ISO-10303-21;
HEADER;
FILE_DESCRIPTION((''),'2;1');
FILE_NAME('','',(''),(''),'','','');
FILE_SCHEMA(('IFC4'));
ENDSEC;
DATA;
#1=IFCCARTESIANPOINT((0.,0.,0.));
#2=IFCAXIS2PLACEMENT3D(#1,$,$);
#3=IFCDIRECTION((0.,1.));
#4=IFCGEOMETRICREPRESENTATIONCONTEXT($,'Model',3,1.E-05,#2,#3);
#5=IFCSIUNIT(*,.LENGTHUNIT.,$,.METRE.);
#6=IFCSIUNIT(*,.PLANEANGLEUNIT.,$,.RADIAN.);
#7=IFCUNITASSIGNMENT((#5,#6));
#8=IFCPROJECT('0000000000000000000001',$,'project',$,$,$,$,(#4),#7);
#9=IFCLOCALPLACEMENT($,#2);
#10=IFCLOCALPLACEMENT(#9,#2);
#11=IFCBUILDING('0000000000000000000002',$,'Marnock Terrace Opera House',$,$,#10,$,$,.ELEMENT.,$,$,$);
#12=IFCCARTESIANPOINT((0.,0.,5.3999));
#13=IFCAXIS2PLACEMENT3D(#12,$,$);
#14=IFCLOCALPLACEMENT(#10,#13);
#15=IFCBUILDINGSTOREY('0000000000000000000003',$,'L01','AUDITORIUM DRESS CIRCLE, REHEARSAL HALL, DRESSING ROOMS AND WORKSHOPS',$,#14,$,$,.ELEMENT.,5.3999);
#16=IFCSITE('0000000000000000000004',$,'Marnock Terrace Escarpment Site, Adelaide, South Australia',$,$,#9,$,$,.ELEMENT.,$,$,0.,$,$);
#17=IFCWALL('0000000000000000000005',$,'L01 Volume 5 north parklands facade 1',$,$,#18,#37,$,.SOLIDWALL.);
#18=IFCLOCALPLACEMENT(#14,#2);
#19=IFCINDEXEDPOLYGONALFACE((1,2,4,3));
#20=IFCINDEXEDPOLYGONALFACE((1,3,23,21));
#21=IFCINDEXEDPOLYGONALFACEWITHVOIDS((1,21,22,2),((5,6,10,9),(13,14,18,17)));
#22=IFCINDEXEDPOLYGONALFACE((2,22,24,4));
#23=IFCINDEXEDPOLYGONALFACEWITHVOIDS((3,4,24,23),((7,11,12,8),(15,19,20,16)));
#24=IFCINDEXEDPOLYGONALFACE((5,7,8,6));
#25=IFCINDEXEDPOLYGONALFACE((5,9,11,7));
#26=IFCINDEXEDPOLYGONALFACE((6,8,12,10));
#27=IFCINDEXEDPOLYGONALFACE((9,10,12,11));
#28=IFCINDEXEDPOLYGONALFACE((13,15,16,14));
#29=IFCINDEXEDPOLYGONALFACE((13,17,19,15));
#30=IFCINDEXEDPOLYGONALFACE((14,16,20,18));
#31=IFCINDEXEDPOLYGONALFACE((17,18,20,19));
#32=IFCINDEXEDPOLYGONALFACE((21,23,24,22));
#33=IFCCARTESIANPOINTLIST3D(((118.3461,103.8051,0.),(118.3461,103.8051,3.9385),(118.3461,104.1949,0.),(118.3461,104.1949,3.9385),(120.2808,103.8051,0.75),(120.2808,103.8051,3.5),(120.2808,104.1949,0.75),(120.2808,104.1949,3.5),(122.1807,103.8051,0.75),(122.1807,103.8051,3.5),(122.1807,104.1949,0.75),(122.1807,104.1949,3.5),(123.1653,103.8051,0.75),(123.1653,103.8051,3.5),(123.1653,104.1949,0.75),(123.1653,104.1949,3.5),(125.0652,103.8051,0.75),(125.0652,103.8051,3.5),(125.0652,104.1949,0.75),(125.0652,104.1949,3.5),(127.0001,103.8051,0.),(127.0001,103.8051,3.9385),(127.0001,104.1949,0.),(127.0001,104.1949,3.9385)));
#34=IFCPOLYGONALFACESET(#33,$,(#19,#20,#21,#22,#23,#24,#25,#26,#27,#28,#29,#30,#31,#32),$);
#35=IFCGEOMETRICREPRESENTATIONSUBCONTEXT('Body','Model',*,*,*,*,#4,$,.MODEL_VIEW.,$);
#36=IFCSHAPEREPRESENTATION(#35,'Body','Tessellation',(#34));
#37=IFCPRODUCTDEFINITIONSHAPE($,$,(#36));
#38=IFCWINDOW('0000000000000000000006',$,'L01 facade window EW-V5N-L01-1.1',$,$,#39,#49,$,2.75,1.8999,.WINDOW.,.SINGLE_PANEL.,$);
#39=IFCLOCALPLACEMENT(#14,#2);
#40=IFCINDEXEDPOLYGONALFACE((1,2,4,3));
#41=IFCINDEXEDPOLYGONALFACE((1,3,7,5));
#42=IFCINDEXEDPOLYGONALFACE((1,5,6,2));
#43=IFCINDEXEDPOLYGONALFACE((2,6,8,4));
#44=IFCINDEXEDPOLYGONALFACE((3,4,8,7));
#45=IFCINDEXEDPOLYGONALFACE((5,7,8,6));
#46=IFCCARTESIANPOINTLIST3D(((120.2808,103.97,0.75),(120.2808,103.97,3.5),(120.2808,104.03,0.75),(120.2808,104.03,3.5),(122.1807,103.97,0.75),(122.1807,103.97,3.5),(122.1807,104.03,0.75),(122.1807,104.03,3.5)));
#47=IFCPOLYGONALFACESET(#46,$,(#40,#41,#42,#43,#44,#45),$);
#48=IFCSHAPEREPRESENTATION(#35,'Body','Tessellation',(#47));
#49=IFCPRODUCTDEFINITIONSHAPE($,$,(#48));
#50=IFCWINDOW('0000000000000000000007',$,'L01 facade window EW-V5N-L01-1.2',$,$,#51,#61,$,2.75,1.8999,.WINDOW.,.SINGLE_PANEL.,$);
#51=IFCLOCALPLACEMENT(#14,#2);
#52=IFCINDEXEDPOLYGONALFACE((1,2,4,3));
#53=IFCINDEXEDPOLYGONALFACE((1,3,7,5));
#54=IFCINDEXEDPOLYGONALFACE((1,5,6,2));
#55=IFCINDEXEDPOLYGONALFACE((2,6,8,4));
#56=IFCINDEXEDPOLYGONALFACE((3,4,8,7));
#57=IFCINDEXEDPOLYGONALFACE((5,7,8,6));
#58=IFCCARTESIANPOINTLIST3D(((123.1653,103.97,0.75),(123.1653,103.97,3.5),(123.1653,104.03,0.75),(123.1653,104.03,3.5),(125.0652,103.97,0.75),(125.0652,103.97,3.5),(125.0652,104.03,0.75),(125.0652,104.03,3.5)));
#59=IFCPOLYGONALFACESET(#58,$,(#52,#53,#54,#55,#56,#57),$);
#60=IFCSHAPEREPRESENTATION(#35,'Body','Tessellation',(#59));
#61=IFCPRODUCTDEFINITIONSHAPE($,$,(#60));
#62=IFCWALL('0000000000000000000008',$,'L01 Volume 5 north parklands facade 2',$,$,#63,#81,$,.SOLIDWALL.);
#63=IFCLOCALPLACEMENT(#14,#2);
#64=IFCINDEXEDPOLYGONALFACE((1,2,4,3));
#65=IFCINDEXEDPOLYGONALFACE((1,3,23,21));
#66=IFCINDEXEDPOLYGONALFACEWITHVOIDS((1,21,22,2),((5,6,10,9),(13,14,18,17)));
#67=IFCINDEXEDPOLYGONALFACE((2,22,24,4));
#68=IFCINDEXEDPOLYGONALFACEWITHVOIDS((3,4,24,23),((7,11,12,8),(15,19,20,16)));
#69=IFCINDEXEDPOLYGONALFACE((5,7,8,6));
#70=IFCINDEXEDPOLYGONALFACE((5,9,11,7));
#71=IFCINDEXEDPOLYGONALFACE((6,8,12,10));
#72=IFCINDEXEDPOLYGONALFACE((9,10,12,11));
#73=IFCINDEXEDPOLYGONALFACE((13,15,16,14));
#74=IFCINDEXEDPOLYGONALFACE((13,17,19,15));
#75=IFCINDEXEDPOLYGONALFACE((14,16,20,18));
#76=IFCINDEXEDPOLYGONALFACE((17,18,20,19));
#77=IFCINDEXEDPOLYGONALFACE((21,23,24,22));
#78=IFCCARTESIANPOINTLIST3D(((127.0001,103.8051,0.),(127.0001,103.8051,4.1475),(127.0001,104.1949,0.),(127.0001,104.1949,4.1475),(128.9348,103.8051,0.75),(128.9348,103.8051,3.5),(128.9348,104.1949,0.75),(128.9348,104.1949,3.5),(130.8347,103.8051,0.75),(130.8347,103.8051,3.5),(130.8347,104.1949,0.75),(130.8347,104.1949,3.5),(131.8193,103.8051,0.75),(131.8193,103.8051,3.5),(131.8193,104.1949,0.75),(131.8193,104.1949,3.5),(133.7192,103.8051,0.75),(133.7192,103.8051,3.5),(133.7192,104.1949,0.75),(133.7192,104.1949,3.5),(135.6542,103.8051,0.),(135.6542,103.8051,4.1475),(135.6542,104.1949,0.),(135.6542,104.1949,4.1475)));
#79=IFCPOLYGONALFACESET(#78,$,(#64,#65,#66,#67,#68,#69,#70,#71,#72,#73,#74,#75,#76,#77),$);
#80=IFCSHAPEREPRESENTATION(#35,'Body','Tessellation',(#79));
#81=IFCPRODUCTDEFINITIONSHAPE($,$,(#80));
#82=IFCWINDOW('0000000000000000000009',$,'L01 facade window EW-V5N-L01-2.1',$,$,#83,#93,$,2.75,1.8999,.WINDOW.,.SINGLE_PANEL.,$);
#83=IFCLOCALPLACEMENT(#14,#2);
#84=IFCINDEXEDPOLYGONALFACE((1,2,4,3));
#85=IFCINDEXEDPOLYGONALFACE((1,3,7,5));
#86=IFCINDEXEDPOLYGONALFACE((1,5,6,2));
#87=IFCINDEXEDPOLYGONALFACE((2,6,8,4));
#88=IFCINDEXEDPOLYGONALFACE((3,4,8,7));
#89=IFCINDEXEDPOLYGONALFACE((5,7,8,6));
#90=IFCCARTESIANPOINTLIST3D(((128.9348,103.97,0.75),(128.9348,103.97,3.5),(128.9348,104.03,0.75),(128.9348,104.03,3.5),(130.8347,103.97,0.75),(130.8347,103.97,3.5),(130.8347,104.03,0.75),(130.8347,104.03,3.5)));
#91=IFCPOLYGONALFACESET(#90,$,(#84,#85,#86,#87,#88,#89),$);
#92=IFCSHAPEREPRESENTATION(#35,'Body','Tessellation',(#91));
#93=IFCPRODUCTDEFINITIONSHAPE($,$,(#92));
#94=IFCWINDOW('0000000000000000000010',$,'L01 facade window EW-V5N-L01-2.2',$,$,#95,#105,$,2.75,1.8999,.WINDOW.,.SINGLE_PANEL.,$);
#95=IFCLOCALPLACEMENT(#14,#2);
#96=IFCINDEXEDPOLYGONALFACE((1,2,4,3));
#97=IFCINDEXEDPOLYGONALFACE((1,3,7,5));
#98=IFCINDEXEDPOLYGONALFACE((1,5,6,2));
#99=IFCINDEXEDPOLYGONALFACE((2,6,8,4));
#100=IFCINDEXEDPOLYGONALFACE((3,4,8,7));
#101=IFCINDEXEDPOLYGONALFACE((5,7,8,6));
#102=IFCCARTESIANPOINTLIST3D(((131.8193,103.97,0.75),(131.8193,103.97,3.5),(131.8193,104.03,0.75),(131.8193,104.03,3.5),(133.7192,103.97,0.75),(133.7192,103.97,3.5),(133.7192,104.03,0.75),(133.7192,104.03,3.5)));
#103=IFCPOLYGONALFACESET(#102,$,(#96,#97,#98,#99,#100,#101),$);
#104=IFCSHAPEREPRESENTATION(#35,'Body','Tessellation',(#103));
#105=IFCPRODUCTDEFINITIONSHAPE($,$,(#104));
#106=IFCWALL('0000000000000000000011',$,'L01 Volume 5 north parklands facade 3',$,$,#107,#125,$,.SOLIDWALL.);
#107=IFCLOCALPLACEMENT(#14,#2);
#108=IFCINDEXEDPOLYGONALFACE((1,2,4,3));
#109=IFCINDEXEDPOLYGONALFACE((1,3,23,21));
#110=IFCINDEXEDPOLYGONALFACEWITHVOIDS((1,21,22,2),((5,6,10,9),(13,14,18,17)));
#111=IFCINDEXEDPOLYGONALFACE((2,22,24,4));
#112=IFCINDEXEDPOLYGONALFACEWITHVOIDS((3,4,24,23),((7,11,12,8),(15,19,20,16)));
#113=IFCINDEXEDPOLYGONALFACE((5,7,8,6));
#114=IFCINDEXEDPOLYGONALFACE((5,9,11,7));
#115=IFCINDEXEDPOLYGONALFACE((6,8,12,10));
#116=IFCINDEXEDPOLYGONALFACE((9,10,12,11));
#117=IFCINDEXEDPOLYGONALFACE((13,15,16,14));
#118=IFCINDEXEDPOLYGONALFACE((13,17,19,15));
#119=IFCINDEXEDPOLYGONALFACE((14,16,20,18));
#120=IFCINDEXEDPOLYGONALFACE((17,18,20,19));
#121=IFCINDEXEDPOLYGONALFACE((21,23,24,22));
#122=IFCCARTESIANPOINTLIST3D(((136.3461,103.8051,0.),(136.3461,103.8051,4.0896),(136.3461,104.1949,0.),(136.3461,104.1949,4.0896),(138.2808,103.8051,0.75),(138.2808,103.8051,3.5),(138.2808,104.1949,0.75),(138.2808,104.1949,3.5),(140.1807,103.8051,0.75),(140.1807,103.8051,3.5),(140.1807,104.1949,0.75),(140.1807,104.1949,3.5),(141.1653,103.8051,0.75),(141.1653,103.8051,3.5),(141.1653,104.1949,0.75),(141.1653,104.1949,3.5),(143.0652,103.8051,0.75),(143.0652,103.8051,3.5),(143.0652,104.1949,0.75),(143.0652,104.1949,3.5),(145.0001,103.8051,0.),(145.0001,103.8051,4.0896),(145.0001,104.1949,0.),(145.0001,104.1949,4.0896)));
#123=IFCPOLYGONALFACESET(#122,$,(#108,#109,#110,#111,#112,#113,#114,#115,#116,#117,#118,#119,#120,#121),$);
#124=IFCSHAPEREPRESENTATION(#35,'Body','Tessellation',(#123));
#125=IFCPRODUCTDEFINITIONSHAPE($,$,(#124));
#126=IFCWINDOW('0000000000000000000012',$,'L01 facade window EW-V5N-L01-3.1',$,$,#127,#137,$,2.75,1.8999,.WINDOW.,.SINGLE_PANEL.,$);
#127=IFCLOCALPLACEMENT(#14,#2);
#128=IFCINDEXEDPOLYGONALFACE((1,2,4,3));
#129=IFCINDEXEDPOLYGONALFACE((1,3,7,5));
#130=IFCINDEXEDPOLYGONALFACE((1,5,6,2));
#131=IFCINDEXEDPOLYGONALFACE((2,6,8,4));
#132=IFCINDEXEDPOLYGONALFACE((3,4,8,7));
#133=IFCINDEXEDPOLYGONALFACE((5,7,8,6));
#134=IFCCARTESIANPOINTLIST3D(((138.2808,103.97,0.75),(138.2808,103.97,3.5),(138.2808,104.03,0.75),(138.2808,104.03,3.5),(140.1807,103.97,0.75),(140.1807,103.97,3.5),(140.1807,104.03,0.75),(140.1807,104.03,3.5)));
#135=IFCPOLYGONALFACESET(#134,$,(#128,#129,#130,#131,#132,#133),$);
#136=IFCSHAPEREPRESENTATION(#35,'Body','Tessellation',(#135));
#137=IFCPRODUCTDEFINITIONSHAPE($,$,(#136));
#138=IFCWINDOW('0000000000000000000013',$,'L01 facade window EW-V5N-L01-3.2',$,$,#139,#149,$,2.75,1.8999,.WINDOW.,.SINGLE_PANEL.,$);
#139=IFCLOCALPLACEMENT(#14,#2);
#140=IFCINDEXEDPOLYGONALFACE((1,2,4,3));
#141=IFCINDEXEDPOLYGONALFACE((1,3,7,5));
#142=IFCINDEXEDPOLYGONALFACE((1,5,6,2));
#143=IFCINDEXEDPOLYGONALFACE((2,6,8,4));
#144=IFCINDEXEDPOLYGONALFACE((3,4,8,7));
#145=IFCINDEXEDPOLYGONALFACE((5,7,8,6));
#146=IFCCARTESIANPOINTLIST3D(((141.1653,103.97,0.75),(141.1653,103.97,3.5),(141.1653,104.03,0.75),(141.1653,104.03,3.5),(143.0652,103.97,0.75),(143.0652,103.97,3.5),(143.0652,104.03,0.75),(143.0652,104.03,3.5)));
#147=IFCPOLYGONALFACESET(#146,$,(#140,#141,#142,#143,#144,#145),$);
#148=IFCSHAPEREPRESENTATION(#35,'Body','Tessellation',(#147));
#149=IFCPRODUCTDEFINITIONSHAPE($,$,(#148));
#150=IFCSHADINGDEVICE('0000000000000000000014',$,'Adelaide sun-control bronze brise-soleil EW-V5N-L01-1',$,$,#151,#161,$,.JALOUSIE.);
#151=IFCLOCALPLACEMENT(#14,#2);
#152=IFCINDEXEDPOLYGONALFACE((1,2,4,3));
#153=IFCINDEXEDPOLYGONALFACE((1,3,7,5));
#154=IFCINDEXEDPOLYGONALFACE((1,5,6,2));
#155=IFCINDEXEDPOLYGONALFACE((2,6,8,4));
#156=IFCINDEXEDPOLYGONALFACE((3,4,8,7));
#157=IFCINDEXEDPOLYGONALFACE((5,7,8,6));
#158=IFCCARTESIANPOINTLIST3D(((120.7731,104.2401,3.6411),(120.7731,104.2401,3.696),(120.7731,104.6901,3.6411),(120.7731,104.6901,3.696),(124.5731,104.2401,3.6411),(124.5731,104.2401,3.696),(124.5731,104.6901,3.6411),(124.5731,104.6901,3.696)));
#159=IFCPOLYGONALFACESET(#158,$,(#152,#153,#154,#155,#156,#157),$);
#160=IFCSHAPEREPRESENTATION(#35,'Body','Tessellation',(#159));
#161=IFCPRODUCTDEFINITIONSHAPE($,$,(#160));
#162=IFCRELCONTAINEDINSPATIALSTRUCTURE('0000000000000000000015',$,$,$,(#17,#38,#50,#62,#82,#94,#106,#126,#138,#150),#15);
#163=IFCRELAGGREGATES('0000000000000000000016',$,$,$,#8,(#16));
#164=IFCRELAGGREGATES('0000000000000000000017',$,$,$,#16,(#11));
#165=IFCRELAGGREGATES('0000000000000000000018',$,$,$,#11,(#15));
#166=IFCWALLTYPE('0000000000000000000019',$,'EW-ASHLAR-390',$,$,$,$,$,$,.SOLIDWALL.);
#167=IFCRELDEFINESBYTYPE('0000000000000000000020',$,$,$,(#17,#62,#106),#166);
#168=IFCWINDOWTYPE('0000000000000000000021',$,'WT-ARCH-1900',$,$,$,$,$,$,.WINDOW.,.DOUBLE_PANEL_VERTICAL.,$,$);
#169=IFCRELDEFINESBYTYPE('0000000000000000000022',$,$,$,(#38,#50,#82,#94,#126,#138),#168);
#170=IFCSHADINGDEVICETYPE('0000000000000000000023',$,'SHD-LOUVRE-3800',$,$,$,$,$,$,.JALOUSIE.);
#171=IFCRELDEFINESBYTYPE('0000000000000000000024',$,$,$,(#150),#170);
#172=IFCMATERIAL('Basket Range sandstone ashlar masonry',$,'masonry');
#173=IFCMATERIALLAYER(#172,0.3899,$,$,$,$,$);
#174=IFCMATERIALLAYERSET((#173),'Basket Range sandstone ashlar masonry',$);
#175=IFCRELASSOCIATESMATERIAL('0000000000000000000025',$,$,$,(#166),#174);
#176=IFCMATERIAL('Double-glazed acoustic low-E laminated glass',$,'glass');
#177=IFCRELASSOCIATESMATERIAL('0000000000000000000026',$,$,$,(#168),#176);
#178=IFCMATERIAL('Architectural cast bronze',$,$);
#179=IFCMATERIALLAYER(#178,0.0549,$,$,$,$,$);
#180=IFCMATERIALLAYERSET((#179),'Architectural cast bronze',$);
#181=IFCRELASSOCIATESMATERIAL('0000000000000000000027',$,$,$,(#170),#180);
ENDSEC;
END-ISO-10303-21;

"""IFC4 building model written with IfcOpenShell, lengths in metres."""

from ifc_helpers import new_model, si_unit, direction, frame, frame_2d, origin, origin_2d, place, context, subcontext, project, spatial, rectangle, extrude, material, layer, layer_set, type_object, element, fill, save


model = new_model("IFC4")

# Units and contexts
model_context = context("Model", 3, precision=1e-05, world=origin(), true_north=direction((0.0, 1.0)))
body_context = subcontext(model_context, "Body", "Model", "MODEL_VIEW")
ifc_project = project(units=[si_unit("LENGTHUNIT", "METRE"), si_unit("PLANEANGLEUNIT", "RADIAN")], contexts=[model_context])

# Site, building, storey
site_placement = place(None, origin())
site = spatial("IfcSite", under=ifc_project, at=site_placement, Name="Marnock Terrace Escarpment Site, Adelaide, South Australia", CompositionType="ELEMENT", RefElevation=0.0)
building_placement = place(site_placement, origin())
building = spatial("IfcBuilding", under=site, at=building_placement, Name="Marnock Terrace Opera House", CompositionType="ELEMENT")
storey_placement = place(building_placement, frame((0.0, 0.0, 5.3999)))
storey = spatial("IfcBuildingStorey", under=building, at=storey_placement, Name="L01", Description="AUDITORIUM DRESS CIRCLE, REHEARSAL HALL, DRESSING ROOMS AND WORKSHOPS", CompositionType="ELEMENT", Elevation=5.3999)

# Shared definitions
ifc_material_1 = material(Name="Double-glazed acoustic low-E laminated glass", Category="glass")

# Walls, openings, windows
ifc_material_2 = material(Name="Basket Range sandstone ashlar masonry", Category="masonry")
ifc_layer_1 = layer(ifc_material_2, 0.3899)
ifc_layer_set_1 = layer_set([ifc_layer_1], Name="Basket Range sandstone ashlar masonry")
wall_type = type_object("IfcWallType", Name="EW-ASHLAR-390", PredefinedType="SOLIDWALL", material=ifc_layer_set_1)
wall_1_placement = place(storey_placement, frame((118.3459, 104.0, 0.0), z_axis=(0.0, 0.0, 1.0), x_axis=(1.0, 0.0, 0.0)))
wall_1 = element("IfcWall", 1, at=wall_1_placement, inside=storey, type_object=wall_type, Name="L01 Volume 5 north parklands facade 1", PredefinedType="SOLIDWALL", context=body_context, shape_type="SweptSolid", body=[
    extrude(rectangle(XDim=8.6541, YDim=0.3899, at=frame_2d((4.3271, 0.0))), origin(), (0.0, 0.0, 1.0), 3.9385),
])
opening_1_placement = place(wall_1_placement, frame((1.9348, 0.0, 0.75)))
opening_1 = element("IfcOpeningElement", 2, at=opening_1_placement, cuts=wall_1, PredefinedType="OPENING", context=body_context, shape_type="SweptSolid", body=[
    extrude(rectangle(XDim=1.8999, YDim=2.75, at=frame_2d((0.95, 1.375))), frame((0.0, 0.2048, 0.0), z_axis=(0.0, -1.0, 0.0), x_axis=(1.0, 0.0, 0.0)), (0.0, 0.0, 1.0), 0.4099),
])
opening_2_placement = place(wall_1_placement, frame((4.8193, 0.0, 0.75)))
opening_2 = element("IfcOpeningElement", 3, at=opening_2_placement, cuts=wall_1, PredefinedType="OPENING", context=body_context, shape_type="SweptSolid", body=[
    extrude(rectangle(XDim=1.8999, YDim=2.75, at=frame_2d((0.95, 1.375))), frame((0.0, 0.2048, 0.0), z_axis=(0.0, -1.0, 0.0), x_axis=(1.0, 0.0, 0.0)), (0.0, 0.0, 1.0), 0.4099),
])
window_type = type_object("IfcWindowType", Name="WT-ARCH-1900", PartitioningType="DOUBLE_PANEL_VERTICAL", PredefinedType="WINDOW", material=ifc_material_1)
window_1_placement = place(opening_1_placement, origin())
window_1 = element("IfcWindow", 4, at=window_1_placement, inside=storey, type_object=window_type, Name="L01 facade window EW-V5N-L01-1.1", OverallHeight=2.75, OverallWidth=1.8999, PartitioningType="SINGLE_PANEL", PredefinedType="WINDOW", context=body_context, shape_type="SweptSolid", body=[
    extrude(rectangle(XDim=1.8999, YDim=2.75, at=frame_2d((0.95, 1.375))), frame((0.0, 0.03, 0.0), z_axis=(0.0, -1.0, 0.0), x_axis=(1.0, 0.0, 0.0)), (0.0, 0.0, 1.0), 0.0601),
])
fill(opening_1, window_1)
window_2_placement = place(opening_2_placement, origin())
window_2 = element("IfcWindow", 5, at=window_2_placement, inside=storey, type_object=window_type, Name="L01 facade window EW-V5N-L01-1.2", OverallHeight=2.75, OverallWidth=1.8999, PartitioningType="SINGLE_PANEL", PredefinedType="WINDOW", context=body_context, shape_type="SweptSolid", body=[
    extrude(rectangle(XDim=1.8999, YDim=2.75, at=frame_2d((0.95, 1.375))), frame((0.0, 0.03, 0.0), z_axis=(0.0, -1.0, 0.0), x_axis=(1.0, 0.0, 0.0)), (0.0, 0.0, 1.0), 0.0601),
])
fill(opening_2, window_2)
wall_2_placement = place(storey_placement, frame((127.0, 104.0, 0.0), z_axis=(0.0, 0.0, 1.0), x_axis=(1.0, 0.0, 0.0)))
wall_2 = element("IfcWall", 6, at=wall_2_placement, inside=storey, type_object=wall_type, Name="L01 Volume 5 north parklands facade 2", PredefinedType="SOLIDWALL", context=body_context, shape_type="SweptSolid", body=[
    extrude(rectangle(XDim=8.6541, YDim=0.3899, at=frame_2d((4.3271, 0.0))), origin(), (0.0, 0.0, 1.0), 4.1475),
])
opening_3_placement = place(wall_2_placement, frame((1.9348, 0.0, 0.75)))
opening_3 = element("IfcOpeningElement", 7, at=opening_3_placement, cuts=wall_2, PredefinedType="OPENING", context=body_context, shape_type="SweptSolid", body=[
    extrude(rectangle(XDim=1.8999, YDim=2.75, at=frame_2d((0.95, 1.375))), frame((0.0, 0.2048, 0.0), z_axis=(0.0, -1.0, 0.0), x_axis=(1.0, 0.0, 0.0)), (0.0, 0.0, 1.0), 0.4099),
])
opening_4_placement = place(wall_2_placement, frame((4.8193, 0.0, 0.75)))
opening_4 = element("IfcOpeningElement", 8, at=opening_4_placement, cuts=wall_2, PredefinedType="OPENING", context=body_context, shape_type="SweptSolid", body=[
    extrude(rectangle(XDim=1.8999, YDim=2.75, at=frame_2d((0.95, 1.375))), frame((0.0, 0.2048, 0.0), z_axis=(0.0, -1.0, 0.0), x_axis=(1.0, 0.0, 0.0)), (0.0, 0.0, 1.0), 0.4099),
])
window_3_placement = place(opening_3_placement, origin())
window_3 = element("IfcWindow", 9, at=window_3_placement, inside=storey, type_object=window_type, Name="L01 facade window EW-V5N-L01-2.1", OverallHeight=2.75, OverallWidth=1.8999, PartitioningType="SINGLE_PANEL", PredefinedType="WINDOW", context=body_context, shape_type="SweptSolid", body=[
    extrude(rectangle(XDim=1.8999, YDim=2.75, at=frame_2d((0.95, 1.375))), frame((0.0, 0.03, 0.0), z_axis=(0.0, -1.0, 0.0), x_axis=(1.0, 0.0, 0.0)), (0.0, 0.0, 1.0), 0.0601),
])
fill(opening_3, window_3)
window_4_placement = place(opening_4_placement, origin())
window_4 = element("IfcWindow", 10, at=window_4_placement, inside=storey, type_object=window_type, Name="L01 facade window EW-V5N-L01-2.2", OverallHeight=2.75, OverallWidth=1.8999, PartitioningType="SINGLE_PANEL", PredefinedType="WINDOW", context=body_context, shape_type="SweptSolid", body=[
    extrude(rectangle(XDim=1.8999, YDim=2.75, at=frame_2d((0.95, 1.375))), frame((0.0, 0.03, 0.0), z_axis=(0.0, -1.0, 0.0), x_axis=(1.0, 0.0, 0.0)), (0.0, 0.0, 1.0), 0.0601),
])
fill(opening_4, window_4)
wall_3_placement = place(storey_placement, frame((136.3459, 104.0, 0.0), z_axis=(0.0, 0.0, 1.0), x_axis=(1.0, 0.0, 0.0)))
wall_3 = element("IfcWall", 11, at=wall_3_placement, inside=storey, type_object=wall_type, Name="L01 Volume 5 north parklands facade 3", PredefinedType="SOLIDWALL", context=body_context, shape_type="SweptSolid", body=[
    extrude(rectangle(XDim=8.6541, YDim=0.3899, at=frame_2d((4.3271, 0.0))), origin(), (0.0, 0.0, 1.0), 4.0896),
])
opening_5_placement = place(wall_3_placement, frame((1.9348, 0.0, 0.75)))
opening_5 = element("IfcOpeningElement", 12, at=opening_5_placement, cuts=wall_3, PredefinedType="OPENING", context=body_context, shape_type="SweptSolid", body=[
    extrude(rectangle(XDim=1.8999, YDim=2.75, at=frame_2d((0.95, 1.375))), frame((0.0, 0.2048, 0.0), z_axis=(0.0, -1.0, 0.0), x_axis=(1.0, 0.0, 0.0)), (0.0, 0.0, 1.0), 0.4099),
])
opening_6_placement = place(wall_3_placement, frame((4.8193, 0.0, 0.75)))
opening_6 = element("IfcOpeningElement", 13, at=opening_6_placement, cuts=wall_3, PredefinedType="OPENING", context=body_context, shape_type="SweptSolid", body=[
    extrude(rectangle(XDim=1.8999, YDim=2.75, at=frame_2d((0.95, 1.375))), frame((0.0, 0.2048, 0.0), z_axis=(0.0, -1.0, 0.0), x_axis=(1.0, 0.0, 0.0)), (0.0, 0.0, 1.0), 0.4099),
])
window_5_placement = place(opening_5_placement, origin())
window_5 = element("IfcWindow", 14, at=window_5_placement, inside=storey, type_object=window_type, Name="L01 facade window EW-V5N-L01-3.1", OverallHeight=2.75, OverallWidth=1.8999, PartitioningType="SINGLE_PANEL", PredefinedType="WINDOW", context=body_context, shape_type="SweptSolid", body=[
    extrude(rectangle(XDim=1.8999, YDim=2.75, at=frame_2d((0.95, 1.375))), frame((0.0, 0.03, 0.0), z_axis=(0.0, -1.0, 0.0), x_axis=(1.0, 0.0, 0.0)), (0.0, 0.0, 1.0), 0.0601),
])
fill(opening_5, window_5)
window_6_placement = place(opening_6_placement, origin())
window_6 = element("IfcWindow", 15, at=window_6_placement, inside=storey, type_object=window_type, Name="L01 facade window EW-V5N-L01-3.2", OverallHeight=2.75, OverallWidth=1.8999, PartitioningType="SINGLE_PANEL", PredefinedType="WINDOW", context=body_context, shape_type="SweptSolid", body=[
    extrude(rectangle(XDim=1.8999, YDim=2.75, at=frame_2d((0.95, 1.375))), frame((0.0, 0.03, 0.0), z_axis=(0.0, -1.0, 0.0), x_axis=(1.0, 0.0, 0.0)), (0.0, 0.0, 1.0), 0.0601),
])
fill(opening_6, window_6)

# Shading device
ifc_material_3 = material(Name="Architectural cast bronze")
ifc_layer_2 = layer(ifc_material_3, 0.0549)
ifc_layer_set_2 = layer_set([ifc_layer_2], Name="Architectural cast bronze")
shading_device_type = type_object("IfcShadingDeviceType", Name="SHD-LOUVRE-3800", PredefinedType="JALOUSIE", material=ifc_layer_set_2)
for number, where, z_axis, x_axis, name in (
    (16, (122.6731, 104.4651, 3.6411), (0.0, 0.0, 1.0), (1.0, 0.0, 0.0), "Adelaide sun-control bronze brise-soleil EW-V5N-L01-1"),
):
    element("IfcShadingDevice", number, at=place(storey_placement, frame(where, z_axis=z_axis, x_axis=x_axis)), inside=storey, type_object=shading_device_type, Name=name, PredefinedType="JALOUSIE", context=body_context, shape_type="SweptSolid", body=[
        extrude(rectangle(XDim=3.8, YDim=0.45, at=origin_2d()), origin(), (0.0, 0.0, 1.0), 0.0549),
    ])

save(model, "model.ifc")
